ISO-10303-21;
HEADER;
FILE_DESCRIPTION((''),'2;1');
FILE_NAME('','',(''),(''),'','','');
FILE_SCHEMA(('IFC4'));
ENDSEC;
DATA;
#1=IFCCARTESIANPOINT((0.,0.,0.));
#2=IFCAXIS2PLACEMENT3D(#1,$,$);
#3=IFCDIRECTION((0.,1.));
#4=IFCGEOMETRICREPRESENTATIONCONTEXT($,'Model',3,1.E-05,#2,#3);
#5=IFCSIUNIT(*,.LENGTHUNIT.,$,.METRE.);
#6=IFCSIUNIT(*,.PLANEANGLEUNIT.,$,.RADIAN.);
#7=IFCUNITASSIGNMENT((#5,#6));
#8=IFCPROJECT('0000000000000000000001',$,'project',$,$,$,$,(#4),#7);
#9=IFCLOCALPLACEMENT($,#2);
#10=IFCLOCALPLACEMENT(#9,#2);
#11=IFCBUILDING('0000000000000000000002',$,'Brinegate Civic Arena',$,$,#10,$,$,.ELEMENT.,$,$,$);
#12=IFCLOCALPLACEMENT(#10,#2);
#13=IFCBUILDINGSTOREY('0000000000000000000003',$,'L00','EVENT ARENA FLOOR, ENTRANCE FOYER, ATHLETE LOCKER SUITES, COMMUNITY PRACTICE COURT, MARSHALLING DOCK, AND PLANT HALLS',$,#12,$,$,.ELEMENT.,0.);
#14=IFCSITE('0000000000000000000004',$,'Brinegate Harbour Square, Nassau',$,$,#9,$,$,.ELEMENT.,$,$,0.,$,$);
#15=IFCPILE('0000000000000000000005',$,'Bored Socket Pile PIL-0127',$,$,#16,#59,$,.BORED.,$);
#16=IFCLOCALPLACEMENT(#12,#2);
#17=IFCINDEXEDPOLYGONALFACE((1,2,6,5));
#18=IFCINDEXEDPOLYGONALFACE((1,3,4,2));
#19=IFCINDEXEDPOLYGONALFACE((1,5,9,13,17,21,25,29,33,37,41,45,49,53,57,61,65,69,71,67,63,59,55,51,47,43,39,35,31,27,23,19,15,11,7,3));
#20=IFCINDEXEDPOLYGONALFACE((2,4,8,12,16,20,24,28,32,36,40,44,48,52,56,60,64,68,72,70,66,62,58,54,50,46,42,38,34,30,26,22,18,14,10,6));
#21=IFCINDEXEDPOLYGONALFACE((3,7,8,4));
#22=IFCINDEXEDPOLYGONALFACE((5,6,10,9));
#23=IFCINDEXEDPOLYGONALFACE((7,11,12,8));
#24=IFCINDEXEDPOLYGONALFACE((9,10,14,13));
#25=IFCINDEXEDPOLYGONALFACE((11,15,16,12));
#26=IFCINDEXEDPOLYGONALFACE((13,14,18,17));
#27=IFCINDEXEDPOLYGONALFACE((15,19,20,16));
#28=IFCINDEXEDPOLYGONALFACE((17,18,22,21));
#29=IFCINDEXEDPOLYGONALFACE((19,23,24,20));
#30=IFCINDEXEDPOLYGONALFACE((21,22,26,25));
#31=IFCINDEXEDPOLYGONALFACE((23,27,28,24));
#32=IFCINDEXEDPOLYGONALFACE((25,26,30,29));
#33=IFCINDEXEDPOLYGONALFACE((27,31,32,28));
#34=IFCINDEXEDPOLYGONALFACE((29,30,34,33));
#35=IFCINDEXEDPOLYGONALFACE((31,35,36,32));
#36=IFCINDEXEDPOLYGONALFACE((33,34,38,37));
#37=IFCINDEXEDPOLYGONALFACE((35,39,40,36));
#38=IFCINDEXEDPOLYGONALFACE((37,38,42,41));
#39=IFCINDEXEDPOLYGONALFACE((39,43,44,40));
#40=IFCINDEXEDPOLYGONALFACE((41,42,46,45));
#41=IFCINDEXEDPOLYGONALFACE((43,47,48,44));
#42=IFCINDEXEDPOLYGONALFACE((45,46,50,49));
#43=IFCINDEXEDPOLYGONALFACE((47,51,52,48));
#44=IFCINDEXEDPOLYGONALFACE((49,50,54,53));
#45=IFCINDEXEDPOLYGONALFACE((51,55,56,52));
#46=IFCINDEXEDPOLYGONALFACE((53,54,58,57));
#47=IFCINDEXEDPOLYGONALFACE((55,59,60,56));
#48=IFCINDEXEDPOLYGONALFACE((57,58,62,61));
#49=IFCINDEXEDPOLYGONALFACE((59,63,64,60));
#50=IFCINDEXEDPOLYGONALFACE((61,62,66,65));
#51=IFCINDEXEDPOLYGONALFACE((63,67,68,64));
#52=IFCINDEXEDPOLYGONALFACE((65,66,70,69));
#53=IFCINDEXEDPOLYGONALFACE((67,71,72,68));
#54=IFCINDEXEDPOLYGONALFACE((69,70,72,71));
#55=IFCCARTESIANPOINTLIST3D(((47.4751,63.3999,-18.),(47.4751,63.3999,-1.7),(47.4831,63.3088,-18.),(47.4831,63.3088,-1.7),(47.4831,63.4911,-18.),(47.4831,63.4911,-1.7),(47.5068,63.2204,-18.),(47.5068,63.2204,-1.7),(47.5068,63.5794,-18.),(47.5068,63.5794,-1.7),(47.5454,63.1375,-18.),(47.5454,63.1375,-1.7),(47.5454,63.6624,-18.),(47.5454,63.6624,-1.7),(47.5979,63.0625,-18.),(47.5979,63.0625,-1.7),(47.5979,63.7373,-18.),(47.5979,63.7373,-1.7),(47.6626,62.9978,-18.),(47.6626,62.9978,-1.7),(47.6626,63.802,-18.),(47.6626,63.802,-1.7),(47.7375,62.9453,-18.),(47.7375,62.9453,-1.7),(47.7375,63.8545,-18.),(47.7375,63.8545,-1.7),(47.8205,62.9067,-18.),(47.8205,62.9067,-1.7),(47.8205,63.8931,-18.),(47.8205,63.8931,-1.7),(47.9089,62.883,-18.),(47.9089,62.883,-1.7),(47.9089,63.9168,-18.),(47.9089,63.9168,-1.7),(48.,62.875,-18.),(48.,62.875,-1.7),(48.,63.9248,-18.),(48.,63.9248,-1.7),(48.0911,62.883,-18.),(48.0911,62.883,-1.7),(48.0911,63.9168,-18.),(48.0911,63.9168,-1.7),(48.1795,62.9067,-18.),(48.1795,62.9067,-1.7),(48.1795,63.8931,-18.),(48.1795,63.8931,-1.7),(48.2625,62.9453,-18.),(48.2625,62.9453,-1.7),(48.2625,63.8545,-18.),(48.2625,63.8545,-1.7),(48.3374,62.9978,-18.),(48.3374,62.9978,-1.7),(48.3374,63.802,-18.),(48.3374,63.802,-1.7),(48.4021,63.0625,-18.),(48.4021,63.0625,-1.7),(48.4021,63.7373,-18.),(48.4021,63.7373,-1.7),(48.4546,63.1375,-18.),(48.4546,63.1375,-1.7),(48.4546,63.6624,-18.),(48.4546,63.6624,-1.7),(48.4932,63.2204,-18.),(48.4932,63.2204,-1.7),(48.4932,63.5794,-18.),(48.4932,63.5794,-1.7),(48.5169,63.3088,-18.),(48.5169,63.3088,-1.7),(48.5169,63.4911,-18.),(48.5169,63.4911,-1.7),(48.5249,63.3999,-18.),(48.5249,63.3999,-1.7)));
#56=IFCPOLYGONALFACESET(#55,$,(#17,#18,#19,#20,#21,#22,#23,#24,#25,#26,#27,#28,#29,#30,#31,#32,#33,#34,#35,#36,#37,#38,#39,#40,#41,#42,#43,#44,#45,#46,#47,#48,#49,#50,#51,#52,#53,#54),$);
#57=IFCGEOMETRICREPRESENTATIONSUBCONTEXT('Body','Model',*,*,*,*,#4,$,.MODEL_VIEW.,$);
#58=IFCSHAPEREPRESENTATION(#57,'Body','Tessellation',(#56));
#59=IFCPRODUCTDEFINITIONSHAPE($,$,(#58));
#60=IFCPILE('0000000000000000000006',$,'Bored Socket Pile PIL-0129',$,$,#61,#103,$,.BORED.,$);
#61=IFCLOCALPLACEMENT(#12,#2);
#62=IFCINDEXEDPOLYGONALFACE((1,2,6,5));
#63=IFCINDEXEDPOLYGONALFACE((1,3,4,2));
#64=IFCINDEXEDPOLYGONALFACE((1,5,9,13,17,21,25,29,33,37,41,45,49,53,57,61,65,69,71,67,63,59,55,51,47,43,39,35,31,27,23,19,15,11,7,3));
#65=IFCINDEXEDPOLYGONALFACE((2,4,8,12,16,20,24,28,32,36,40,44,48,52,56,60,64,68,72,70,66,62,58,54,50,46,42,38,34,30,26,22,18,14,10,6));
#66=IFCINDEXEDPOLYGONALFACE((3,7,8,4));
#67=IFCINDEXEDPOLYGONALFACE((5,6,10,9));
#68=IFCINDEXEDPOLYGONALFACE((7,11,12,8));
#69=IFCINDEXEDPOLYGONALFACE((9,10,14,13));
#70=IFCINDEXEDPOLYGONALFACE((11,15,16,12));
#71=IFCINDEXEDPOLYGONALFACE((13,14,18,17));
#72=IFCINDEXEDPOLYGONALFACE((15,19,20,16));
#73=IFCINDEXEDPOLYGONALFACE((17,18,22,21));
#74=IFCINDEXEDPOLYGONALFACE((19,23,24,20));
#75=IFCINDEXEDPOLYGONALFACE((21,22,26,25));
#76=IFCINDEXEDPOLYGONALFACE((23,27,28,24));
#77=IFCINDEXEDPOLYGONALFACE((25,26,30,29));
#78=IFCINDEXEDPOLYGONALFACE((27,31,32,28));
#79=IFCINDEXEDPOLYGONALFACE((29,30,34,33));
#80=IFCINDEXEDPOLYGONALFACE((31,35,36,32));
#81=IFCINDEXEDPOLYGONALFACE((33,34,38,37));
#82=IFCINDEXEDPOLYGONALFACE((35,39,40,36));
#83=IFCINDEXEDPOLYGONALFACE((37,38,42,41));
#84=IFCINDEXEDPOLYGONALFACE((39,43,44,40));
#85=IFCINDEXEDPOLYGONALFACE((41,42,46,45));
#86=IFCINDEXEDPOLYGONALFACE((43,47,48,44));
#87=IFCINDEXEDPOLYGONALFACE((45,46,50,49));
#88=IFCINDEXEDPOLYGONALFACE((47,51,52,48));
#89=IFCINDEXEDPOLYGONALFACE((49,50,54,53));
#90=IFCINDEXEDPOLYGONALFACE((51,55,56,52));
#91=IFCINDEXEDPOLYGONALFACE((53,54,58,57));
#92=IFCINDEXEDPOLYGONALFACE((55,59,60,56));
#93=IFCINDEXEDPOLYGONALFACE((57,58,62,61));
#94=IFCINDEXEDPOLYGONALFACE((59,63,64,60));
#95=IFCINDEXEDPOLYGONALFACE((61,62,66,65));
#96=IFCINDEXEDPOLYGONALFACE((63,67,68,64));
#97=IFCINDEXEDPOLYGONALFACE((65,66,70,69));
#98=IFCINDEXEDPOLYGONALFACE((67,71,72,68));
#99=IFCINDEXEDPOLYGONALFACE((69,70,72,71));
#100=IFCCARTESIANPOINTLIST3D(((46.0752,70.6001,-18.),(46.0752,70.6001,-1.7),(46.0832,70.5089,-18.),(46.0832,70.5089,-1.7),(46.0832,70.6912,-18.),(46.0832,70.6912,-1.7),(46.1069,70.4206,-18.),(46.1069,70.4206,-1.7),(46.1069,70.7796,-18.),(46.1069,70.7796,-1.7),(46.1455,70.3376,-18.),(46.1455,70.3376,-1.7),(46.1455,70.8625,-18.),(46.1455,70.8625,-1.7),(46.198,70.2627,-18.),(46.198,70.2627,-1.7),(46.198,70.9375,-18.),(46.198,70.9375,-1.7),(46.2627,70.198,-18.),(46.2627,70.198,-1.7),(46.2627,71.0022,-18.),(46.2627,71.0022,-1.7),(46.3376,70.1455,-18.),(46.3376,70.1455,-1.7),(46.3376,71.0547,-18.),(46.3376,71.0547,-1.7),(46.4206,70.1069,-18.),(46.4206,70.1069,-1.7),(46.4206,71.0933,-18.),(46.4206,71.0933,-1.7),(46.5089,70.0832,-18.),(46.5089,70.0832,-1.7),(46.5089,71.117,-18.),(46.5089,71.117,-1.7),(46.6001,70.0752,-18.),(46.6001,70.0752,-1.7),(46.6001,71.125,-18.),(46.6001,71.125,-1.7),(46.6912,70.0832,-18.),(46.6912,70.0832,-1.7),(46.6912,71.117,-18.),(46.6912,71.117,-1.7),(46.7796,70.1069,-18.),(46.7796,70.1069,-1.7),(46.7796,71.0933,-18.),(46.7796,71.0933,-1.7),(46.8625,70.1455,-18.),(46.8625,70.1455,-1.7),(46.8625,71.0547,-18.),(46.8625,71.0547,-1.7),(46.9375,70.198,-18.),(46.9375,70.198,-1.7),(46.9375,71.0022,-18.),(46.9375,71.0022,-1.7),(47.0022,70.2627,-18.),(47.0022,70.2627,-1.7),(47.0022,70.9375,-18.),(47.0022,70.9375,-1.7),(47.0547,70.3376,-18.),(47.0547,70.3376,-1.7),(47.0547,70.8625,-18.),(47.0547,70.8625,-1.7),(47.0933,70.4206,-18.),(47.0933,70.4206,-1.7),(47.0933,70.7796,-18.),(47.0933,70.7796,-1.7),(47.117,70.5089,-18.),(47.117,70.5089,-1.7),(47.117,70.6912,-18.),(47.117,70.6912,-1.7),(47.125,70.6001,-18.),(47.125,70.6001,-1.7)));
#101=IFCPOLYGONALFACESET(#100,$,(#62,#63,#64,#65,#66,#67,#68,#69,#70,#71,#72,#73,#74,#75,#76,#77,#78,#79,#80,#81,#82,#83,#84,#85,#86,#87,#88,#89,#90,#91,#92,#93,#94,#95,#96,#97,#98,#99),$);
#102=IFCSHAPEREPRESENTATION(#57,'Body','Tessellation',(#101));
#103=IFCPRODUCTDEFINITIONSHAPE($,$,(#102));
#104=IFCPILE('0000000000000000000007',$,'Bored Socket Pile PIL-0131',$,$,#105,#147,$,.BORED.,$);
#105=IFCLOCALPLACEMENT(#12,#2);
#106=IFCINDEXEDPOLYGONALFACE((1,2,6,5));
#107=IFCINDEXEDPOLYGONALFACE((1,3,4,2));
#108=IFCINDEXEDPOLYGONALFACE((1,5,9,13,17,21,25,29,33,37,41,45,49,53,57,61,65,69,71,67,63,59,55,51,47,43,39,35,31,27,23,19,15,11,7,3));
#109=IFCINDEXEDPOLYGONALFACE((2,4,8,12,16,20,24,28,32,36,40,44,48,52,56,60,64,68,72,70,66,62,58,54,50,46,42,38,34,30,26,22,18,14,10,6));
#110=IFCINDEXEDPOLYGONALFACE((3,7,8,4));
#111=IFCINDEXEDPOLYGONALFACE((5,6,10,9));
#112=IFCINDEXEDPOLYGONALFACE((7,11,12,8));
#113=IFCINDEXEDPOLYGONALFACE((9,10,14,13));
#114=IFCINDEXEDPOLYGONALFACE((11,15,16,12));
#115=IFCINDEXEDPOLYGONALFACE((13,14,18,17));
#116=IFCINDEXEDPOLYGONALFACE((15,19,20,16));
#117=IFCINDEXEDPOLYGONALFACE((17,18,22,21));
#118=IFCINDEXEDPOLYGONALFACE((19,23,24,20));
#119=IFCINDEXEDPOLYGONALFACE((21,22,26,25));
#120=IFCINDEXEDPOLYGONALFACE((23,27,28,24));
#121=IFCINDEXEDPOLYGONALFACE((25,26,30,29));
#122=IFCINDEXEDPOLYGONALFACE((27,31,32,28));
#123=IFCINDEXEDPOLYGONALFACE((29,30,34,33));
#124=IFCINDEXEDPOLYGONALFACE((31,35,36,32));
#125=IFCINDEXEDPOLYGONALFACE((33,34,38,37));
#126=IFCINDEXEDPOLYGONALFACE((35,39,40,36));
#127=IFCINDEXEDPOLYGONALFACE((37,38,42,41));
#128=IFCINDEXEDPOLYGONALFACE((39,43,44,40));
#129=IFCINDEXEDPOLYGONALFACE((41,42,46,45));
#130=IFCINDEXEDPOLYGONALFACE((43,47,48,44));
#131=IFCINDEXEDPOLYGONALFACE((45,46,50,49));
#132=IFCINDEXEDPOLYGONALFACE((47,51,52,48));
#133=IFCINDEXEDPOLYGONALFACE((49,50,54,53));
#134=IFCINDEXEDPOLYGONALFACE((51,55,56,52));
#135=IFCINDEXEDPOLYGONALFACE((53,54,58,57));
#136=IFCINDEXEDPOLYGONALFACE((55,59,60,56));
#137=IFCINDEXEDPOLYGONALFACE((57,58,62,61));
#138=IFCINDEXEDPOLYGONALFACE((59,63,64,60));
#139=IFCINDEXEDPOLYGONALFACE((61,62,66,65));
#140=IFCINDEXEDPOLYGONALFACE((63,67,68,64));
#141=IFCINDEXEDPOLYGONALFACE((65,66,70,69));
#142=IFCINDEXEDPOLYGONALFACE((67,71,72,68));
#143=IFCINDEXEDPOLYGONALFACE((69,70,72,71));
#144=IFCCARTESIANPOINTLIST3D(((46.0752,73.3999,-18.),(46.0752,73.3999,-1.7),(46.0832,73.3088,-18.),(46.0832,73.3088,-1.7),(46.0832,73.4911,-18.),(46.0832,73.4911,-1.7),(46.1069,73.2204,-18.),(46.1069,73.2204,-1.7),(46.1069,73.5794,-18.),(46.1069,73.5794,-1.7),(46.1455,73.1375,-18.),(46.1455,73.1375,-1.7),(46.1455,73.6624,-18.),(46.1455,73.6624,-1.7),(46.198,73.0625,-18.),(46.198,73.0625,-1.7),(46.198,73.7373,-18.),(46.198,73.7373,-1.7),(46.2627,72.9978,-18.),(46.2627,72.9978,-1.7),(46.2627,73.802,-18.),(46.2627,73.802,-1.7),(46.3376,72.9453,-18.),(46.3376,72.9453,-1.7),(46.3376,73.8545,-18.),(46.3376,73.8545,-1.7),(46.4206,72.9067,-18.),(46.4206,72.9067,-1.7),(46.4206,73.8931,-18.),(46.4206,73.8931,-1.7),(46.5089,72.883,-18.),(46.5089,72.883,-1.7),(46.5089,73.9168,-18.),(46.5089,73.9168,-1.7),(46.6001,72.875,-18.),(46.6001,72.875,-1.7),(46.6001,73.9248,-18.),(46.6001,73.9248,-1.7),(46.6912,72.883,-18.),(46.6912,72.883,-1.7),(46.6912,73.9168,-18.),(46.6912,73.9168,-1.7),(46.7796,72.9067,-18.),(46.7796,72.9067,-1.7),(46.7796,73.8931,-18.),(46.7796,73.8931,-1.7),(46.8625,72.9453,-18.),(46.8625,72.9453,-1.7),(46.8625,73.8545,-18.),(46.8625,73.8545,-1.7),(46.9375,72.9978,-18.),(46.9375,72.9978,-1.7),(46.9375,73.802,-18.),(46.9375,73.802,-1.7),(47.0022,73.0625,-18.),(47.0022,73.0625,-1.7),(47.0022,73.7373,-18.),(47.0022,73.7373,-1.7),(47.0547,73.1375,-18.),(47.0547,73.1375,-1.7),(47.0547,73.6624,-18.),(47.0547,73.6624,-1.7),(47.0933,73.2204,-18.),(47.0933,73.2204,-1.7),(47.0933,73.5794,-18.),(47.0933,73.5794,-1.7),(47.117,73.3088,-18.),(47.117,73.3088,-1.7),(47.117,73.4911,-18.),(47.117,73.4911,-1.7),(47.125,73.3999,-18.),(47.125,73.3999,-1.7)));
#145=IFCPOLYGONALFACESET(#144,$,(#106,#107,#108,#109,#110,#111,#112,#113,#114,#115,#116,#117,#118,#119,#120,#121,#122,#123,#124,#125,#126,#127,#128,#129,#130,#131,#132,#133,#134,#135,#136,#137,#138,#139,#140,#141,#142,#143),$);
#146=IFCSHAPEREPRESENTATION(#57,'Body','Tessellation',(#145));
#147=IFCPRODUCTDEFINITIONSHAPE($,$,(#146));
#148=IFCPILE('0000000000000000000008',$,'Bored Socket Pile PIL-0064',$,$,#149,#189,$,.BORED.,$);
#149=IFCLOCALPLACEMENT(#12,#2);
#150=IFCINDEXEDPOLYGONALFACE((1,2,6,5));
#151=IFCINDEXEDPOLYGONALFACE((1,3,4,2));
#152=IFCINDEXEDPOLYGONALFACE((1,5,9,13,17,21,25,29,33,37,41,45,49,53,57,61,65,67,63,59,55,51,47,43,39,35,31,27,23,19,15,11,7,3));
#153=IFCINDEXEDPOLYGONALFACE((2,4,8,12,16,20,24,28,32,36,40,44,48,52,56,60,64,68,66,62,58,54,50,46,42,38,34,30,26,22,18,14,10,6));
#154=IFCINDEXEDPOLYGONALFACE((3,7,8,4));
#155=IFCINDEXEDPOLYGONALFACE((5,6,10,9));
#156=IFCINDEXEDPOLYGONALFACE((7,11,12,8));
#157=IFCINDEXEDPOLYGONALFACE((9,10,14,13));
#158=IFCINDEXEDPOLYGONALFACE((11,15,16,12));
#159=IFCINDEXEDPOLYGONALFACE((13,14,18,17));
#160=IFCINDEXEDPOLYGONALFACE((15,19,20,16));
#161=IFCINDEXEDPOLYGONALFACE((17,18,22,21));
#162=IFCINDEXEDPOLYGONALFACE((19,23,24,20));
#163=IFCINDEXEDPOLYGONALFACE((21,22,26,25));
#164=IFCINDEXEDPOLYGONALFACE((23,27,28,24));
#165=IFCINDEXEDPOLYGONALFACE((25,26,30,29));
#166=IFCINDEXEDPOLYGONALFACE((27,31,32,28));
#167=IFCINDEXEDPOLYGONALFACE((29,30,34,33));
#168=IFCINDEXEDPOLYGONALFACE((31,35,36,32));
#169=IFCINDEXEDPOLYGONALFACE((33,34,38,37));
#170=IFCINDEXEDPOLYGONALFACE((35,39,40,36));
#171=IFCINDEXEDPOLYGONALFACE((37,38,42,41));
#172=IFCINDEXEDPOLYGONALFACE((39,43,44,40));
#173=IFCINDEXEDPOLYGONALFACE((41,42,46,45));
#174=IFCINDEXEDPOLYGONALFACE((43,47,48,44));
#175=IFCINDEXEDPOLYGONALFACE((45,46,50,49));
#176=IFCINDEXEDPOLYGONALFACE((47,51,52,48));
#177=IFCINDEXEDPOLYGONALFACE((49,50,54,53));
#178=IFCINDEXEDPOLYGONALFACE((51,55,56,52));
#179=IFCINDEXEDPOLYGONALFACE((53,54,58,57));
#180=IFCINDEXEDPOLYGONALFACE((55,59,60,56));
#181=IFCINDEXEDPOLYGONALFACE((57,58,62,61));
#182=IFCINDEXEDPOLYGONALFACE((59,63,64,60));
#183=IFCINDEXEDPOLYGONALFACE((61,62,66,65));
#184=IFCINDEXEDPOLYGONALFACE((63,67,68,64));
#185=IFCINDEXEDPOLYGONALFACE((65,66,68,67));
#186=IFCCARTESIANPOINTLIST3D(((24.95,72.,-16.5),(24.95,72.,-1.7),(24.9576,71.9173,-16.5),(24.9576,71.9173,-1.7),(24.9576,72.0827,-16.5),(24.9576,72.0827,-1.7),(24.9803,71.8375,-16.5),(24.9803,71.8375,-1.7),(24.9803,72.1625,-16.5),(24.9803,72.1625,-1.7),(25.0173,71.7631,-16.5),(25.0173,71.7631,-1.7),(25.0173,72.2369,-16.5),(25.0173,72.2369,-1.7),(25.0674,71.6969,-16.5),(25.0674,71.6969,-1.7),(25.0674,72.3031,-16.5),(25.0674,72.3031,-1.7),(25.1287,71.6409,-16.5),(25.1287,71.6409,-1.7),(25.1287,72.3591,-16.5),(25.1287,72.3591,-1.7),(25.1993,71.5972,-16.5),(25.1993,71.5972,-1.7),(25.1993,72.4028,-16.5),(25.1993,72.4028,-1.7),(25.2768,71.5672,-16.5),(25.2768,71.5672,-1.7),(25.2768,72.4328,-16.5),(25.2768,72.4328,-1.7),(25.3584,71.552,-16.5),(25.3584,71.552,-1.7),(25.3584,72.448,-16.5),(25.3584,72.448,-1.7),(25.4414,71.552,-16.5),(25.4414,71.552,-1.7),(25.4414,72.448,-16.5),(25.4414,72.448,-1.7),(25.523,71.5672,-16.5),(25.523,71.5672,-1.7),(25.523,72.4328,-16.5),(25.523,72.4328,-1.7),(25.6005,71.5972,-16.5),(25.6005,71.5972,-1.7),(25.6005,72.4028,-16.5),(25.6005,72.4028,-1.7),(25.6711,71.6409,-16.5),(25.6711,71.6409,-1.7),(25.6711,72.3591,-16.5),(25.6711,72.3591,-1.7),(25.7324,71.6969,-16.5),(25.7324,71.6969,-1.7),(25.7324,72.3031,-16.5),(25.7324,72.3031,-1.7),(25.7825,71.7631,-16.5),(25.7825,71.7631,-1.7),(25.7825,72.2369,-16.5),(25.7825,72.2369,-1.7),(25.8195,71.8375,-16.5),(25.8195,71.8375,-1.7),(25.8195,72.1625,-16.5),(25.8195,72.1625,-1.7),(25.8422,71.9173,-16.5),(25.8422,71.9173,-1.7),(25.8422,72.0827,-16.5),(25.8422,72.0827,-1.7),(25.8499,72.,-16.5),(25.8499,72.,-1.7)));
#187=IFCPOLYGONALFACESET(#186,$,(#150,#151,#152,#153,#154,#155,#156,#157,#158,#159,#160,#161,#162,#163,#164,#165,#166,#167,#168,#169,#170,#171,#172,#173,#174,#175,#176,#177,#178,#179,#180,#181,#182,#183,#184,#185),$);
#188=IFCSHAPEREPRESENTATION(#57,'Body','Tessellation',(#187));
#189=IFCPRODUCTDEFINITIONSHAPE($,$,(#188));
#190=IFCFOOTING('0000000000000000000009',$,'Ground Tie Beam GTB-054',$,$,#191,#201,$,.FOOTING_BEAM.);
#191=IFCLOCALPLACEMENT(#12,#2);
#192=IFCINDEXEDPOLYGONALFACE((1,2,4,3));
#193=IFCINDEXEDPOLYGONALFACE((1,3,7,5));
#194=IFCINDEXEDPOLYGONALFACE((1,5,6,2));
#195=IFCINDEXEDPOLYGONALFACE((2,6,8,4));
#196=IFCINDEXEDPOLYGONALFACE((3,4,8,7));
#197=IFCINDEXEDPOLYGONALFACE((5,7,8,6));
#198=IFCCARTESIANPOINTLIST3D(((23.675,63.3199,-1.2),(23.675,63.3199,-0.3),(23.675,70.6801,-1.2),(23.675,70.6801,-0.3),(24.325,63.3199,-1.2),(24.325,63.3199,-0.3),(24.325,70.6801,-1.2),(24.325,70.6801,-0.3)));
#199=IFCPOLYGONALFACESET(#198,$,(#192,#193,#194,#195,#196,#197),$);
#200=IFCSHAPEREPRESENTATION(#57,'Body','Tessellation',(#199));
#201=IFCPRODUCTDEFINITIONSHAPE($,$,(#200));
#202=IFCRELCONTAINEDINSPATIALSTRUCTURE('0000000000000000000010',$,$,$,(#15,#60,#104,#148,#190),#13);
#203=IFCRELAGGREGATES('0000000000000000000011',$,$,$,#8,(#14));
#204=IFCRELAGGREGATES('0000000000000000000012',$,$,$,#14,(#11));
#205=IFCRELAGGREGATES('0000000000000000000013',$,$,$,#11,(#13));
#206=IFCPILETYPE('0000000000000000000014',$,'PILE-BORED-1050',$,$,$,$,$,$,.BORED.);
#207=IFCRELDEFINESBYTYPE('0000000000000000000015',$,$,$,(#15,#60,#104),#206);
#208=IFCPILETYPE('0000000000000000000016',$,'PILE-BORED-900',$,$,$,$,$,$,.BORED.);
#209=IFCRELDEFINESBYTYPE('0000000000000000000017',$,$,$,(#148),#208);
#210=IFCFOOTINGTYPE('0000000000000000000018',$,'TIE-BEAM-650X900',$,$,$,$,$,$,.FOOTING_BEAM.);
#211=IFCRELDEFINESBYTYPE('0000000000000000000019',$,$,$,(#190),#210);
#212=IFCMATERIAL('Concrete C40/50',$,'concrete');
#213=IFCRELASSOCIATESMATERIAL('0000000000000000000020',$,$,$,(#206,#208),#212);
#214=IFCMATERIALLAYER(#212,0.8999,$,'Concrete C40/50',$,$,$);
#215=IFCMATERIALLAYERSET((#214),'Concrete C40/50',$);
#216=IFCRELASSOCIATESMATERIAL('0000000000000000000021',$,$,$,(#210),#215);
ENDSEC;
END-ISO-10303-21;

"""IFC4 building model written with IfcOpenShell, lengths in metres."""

from ifc_helpers import new_model, si_unit, direction, frame, origin, origin_2d, place, context, subcontext, project, spatial, rectangle, circle, extrude, material, layer, layer_set, material_profile, profile_set, type_object, element, save


model = new_model("IFC4")

# Units and contexts
model_context = context("Model", 3, precision=1e-05, world=origin(), true_north=direction((0.0, 1.0)))
body_context = subcontext(model_context, "Body", "Model", "MODEL_VIEW")
ifc_project = project(units=[si_unit("LENGTHUNIT", "METRE"), si_unit("PLANEANGLEUNIT", "RADIAN")], contexts=[model_context])

# Site, building, storey
site_placement = place(None, origin())
site = spatial("IfcSite", under=ifc_project, at=site_placement, Name="Brinegate Harbour Square, Nassau", CompositionType="ELEMENT", RefElevation=0.0)
building_placement = place(site_placement, origin())
building = spatial("IfcBuilding", under=site, at=building_placement, Name="Brinegate Civic Arena", CompositionType="ELEMENT")
storey_placement = place(building_placement, origin())
storey = spatial("IfcBuildingStorey", under=building, at=storey_placement, Name="L00", Description="EVENT ARENA FLOOR, ENTRANCE FOYER, ATHLETE LOCKER SUITES, COMMUNITY PRACTICE COURT, MARSHALLING DOCK, AND PLANT HALLS", CompositionType="ELEMENT", Elevation=0.0)

# Shared definitions
ifc_material_1 = material(Name="Concrete C40/50", Category="concrete")

# Piles
ifc_material_profile_1 = material_profile(ifc_material_1, circle(Radius=0.5249, at=origin_2d()), Name="PILED1050")
ifc_profile_set_1 = profile_set([ifc_material_profile_1], Name="Concrete C40/50")
pile_type_1 = type_object("IfcPileType", Name="PILE-BORED-1050", PredefinedType="BORED", material=ifc_profile_set_1)
for number, where, z_axis, x_axis, name in (
    (1, (48.0, 63.3999, -1.7), (0.0, 0.0, -1.0), (1.0, 0.0, 0.0), "Bored Socket Pile PIL-0127"),
    (2, (46.6001, 70.6001, -1.7), (0.0, 0.0, -1.0), (1.0, 0.0, 0.0), "Bored Socket Pile PIL-0129"),
    (3, (46.6001, 73.3999, -1.7), (0.0, 0.0, -1.0), (1.0, 0.0, 0.0), "Bored Socket Pile PIL-0131"),
):
    element("IfcPile", number, at=place(storey_placement, frame(where, z_axis=z_axis, x_axis=x_axis)), inside=storey, type_object=pile_type_1, Name=name, PredefinedType="BORED", context=body_context, shape_type="SweptSolid", body=[
        extrude(circle(Radius=0.5249, at=origin_2d()), origin(), (0.0, 0.0, 1.0), 16.3),
    ])
ifc_material_profile_2 = material_profile(ifc_material_1, circle(Radius=0.45, at=origin_2d()), Name="PILED900")
ifc_profile_set_2 = profile_set([ifc_material_profile_2], Name="Concrete C40/50")
pile_type_2 = type_object("IfcPileType", Name="PILE-BORED-900", PredefinedType="BORED", material=ifc_profile_set_2)
pile_placement = place(storey_placement, frame((25.3999, 72.0, -1.7), z_axis=(0.0, 0.0, -1.0), x_axis=(1.0, 0.0, 0.0)))
element("IfcPile", 4, at=pile_placement, inside=storey, type_object=pile_type_2, Name="Bored Socket Pile PIL-0064", PredefinedType="BORED", context=body_context, shape_type="SweptSolid", body=[
    extrude(circle(Radius=0.45, at=origin_2d()), origin(), (0.0, 0.0, 1.0), 14.8),
])

# Footing
ifc_layer_1 = layer(ifc_material_1, 0.8999, Name="Concrete C40/50")
ifc_layer_set_1 = layer_set([ifc_layer_1], Name="Concrete C40/50")
footing_type_1 = type_object("IfcFootingType", Name="TIE-BEAM-650X900", PredefinedType="FOOTING_BEAM", material=ifc_layer_set_1)
footing_1_placement = place(storey_placement, frame((24.0, 67.0, -1.2), z_axis=(0.0, 0.0, 1.0), x_axis=(0.0, 1.0, 0.0)))
element("IfcFooting", 5, at=footing_1_placement, inside=storey, type_object=footing_type_1, Name="Ground Tie Beam GTB-054", PredefinedType="FOOTING_BEAM", context=body_context, shape_type="SweptSolid", body=[
    extrude(rectangle(XDim=7.3601, YDim=0.6499, at=origin_2d()), origin(), (0.0, 0.0, 1.0), 0.8999),
])

save(model, "model.ifc")
